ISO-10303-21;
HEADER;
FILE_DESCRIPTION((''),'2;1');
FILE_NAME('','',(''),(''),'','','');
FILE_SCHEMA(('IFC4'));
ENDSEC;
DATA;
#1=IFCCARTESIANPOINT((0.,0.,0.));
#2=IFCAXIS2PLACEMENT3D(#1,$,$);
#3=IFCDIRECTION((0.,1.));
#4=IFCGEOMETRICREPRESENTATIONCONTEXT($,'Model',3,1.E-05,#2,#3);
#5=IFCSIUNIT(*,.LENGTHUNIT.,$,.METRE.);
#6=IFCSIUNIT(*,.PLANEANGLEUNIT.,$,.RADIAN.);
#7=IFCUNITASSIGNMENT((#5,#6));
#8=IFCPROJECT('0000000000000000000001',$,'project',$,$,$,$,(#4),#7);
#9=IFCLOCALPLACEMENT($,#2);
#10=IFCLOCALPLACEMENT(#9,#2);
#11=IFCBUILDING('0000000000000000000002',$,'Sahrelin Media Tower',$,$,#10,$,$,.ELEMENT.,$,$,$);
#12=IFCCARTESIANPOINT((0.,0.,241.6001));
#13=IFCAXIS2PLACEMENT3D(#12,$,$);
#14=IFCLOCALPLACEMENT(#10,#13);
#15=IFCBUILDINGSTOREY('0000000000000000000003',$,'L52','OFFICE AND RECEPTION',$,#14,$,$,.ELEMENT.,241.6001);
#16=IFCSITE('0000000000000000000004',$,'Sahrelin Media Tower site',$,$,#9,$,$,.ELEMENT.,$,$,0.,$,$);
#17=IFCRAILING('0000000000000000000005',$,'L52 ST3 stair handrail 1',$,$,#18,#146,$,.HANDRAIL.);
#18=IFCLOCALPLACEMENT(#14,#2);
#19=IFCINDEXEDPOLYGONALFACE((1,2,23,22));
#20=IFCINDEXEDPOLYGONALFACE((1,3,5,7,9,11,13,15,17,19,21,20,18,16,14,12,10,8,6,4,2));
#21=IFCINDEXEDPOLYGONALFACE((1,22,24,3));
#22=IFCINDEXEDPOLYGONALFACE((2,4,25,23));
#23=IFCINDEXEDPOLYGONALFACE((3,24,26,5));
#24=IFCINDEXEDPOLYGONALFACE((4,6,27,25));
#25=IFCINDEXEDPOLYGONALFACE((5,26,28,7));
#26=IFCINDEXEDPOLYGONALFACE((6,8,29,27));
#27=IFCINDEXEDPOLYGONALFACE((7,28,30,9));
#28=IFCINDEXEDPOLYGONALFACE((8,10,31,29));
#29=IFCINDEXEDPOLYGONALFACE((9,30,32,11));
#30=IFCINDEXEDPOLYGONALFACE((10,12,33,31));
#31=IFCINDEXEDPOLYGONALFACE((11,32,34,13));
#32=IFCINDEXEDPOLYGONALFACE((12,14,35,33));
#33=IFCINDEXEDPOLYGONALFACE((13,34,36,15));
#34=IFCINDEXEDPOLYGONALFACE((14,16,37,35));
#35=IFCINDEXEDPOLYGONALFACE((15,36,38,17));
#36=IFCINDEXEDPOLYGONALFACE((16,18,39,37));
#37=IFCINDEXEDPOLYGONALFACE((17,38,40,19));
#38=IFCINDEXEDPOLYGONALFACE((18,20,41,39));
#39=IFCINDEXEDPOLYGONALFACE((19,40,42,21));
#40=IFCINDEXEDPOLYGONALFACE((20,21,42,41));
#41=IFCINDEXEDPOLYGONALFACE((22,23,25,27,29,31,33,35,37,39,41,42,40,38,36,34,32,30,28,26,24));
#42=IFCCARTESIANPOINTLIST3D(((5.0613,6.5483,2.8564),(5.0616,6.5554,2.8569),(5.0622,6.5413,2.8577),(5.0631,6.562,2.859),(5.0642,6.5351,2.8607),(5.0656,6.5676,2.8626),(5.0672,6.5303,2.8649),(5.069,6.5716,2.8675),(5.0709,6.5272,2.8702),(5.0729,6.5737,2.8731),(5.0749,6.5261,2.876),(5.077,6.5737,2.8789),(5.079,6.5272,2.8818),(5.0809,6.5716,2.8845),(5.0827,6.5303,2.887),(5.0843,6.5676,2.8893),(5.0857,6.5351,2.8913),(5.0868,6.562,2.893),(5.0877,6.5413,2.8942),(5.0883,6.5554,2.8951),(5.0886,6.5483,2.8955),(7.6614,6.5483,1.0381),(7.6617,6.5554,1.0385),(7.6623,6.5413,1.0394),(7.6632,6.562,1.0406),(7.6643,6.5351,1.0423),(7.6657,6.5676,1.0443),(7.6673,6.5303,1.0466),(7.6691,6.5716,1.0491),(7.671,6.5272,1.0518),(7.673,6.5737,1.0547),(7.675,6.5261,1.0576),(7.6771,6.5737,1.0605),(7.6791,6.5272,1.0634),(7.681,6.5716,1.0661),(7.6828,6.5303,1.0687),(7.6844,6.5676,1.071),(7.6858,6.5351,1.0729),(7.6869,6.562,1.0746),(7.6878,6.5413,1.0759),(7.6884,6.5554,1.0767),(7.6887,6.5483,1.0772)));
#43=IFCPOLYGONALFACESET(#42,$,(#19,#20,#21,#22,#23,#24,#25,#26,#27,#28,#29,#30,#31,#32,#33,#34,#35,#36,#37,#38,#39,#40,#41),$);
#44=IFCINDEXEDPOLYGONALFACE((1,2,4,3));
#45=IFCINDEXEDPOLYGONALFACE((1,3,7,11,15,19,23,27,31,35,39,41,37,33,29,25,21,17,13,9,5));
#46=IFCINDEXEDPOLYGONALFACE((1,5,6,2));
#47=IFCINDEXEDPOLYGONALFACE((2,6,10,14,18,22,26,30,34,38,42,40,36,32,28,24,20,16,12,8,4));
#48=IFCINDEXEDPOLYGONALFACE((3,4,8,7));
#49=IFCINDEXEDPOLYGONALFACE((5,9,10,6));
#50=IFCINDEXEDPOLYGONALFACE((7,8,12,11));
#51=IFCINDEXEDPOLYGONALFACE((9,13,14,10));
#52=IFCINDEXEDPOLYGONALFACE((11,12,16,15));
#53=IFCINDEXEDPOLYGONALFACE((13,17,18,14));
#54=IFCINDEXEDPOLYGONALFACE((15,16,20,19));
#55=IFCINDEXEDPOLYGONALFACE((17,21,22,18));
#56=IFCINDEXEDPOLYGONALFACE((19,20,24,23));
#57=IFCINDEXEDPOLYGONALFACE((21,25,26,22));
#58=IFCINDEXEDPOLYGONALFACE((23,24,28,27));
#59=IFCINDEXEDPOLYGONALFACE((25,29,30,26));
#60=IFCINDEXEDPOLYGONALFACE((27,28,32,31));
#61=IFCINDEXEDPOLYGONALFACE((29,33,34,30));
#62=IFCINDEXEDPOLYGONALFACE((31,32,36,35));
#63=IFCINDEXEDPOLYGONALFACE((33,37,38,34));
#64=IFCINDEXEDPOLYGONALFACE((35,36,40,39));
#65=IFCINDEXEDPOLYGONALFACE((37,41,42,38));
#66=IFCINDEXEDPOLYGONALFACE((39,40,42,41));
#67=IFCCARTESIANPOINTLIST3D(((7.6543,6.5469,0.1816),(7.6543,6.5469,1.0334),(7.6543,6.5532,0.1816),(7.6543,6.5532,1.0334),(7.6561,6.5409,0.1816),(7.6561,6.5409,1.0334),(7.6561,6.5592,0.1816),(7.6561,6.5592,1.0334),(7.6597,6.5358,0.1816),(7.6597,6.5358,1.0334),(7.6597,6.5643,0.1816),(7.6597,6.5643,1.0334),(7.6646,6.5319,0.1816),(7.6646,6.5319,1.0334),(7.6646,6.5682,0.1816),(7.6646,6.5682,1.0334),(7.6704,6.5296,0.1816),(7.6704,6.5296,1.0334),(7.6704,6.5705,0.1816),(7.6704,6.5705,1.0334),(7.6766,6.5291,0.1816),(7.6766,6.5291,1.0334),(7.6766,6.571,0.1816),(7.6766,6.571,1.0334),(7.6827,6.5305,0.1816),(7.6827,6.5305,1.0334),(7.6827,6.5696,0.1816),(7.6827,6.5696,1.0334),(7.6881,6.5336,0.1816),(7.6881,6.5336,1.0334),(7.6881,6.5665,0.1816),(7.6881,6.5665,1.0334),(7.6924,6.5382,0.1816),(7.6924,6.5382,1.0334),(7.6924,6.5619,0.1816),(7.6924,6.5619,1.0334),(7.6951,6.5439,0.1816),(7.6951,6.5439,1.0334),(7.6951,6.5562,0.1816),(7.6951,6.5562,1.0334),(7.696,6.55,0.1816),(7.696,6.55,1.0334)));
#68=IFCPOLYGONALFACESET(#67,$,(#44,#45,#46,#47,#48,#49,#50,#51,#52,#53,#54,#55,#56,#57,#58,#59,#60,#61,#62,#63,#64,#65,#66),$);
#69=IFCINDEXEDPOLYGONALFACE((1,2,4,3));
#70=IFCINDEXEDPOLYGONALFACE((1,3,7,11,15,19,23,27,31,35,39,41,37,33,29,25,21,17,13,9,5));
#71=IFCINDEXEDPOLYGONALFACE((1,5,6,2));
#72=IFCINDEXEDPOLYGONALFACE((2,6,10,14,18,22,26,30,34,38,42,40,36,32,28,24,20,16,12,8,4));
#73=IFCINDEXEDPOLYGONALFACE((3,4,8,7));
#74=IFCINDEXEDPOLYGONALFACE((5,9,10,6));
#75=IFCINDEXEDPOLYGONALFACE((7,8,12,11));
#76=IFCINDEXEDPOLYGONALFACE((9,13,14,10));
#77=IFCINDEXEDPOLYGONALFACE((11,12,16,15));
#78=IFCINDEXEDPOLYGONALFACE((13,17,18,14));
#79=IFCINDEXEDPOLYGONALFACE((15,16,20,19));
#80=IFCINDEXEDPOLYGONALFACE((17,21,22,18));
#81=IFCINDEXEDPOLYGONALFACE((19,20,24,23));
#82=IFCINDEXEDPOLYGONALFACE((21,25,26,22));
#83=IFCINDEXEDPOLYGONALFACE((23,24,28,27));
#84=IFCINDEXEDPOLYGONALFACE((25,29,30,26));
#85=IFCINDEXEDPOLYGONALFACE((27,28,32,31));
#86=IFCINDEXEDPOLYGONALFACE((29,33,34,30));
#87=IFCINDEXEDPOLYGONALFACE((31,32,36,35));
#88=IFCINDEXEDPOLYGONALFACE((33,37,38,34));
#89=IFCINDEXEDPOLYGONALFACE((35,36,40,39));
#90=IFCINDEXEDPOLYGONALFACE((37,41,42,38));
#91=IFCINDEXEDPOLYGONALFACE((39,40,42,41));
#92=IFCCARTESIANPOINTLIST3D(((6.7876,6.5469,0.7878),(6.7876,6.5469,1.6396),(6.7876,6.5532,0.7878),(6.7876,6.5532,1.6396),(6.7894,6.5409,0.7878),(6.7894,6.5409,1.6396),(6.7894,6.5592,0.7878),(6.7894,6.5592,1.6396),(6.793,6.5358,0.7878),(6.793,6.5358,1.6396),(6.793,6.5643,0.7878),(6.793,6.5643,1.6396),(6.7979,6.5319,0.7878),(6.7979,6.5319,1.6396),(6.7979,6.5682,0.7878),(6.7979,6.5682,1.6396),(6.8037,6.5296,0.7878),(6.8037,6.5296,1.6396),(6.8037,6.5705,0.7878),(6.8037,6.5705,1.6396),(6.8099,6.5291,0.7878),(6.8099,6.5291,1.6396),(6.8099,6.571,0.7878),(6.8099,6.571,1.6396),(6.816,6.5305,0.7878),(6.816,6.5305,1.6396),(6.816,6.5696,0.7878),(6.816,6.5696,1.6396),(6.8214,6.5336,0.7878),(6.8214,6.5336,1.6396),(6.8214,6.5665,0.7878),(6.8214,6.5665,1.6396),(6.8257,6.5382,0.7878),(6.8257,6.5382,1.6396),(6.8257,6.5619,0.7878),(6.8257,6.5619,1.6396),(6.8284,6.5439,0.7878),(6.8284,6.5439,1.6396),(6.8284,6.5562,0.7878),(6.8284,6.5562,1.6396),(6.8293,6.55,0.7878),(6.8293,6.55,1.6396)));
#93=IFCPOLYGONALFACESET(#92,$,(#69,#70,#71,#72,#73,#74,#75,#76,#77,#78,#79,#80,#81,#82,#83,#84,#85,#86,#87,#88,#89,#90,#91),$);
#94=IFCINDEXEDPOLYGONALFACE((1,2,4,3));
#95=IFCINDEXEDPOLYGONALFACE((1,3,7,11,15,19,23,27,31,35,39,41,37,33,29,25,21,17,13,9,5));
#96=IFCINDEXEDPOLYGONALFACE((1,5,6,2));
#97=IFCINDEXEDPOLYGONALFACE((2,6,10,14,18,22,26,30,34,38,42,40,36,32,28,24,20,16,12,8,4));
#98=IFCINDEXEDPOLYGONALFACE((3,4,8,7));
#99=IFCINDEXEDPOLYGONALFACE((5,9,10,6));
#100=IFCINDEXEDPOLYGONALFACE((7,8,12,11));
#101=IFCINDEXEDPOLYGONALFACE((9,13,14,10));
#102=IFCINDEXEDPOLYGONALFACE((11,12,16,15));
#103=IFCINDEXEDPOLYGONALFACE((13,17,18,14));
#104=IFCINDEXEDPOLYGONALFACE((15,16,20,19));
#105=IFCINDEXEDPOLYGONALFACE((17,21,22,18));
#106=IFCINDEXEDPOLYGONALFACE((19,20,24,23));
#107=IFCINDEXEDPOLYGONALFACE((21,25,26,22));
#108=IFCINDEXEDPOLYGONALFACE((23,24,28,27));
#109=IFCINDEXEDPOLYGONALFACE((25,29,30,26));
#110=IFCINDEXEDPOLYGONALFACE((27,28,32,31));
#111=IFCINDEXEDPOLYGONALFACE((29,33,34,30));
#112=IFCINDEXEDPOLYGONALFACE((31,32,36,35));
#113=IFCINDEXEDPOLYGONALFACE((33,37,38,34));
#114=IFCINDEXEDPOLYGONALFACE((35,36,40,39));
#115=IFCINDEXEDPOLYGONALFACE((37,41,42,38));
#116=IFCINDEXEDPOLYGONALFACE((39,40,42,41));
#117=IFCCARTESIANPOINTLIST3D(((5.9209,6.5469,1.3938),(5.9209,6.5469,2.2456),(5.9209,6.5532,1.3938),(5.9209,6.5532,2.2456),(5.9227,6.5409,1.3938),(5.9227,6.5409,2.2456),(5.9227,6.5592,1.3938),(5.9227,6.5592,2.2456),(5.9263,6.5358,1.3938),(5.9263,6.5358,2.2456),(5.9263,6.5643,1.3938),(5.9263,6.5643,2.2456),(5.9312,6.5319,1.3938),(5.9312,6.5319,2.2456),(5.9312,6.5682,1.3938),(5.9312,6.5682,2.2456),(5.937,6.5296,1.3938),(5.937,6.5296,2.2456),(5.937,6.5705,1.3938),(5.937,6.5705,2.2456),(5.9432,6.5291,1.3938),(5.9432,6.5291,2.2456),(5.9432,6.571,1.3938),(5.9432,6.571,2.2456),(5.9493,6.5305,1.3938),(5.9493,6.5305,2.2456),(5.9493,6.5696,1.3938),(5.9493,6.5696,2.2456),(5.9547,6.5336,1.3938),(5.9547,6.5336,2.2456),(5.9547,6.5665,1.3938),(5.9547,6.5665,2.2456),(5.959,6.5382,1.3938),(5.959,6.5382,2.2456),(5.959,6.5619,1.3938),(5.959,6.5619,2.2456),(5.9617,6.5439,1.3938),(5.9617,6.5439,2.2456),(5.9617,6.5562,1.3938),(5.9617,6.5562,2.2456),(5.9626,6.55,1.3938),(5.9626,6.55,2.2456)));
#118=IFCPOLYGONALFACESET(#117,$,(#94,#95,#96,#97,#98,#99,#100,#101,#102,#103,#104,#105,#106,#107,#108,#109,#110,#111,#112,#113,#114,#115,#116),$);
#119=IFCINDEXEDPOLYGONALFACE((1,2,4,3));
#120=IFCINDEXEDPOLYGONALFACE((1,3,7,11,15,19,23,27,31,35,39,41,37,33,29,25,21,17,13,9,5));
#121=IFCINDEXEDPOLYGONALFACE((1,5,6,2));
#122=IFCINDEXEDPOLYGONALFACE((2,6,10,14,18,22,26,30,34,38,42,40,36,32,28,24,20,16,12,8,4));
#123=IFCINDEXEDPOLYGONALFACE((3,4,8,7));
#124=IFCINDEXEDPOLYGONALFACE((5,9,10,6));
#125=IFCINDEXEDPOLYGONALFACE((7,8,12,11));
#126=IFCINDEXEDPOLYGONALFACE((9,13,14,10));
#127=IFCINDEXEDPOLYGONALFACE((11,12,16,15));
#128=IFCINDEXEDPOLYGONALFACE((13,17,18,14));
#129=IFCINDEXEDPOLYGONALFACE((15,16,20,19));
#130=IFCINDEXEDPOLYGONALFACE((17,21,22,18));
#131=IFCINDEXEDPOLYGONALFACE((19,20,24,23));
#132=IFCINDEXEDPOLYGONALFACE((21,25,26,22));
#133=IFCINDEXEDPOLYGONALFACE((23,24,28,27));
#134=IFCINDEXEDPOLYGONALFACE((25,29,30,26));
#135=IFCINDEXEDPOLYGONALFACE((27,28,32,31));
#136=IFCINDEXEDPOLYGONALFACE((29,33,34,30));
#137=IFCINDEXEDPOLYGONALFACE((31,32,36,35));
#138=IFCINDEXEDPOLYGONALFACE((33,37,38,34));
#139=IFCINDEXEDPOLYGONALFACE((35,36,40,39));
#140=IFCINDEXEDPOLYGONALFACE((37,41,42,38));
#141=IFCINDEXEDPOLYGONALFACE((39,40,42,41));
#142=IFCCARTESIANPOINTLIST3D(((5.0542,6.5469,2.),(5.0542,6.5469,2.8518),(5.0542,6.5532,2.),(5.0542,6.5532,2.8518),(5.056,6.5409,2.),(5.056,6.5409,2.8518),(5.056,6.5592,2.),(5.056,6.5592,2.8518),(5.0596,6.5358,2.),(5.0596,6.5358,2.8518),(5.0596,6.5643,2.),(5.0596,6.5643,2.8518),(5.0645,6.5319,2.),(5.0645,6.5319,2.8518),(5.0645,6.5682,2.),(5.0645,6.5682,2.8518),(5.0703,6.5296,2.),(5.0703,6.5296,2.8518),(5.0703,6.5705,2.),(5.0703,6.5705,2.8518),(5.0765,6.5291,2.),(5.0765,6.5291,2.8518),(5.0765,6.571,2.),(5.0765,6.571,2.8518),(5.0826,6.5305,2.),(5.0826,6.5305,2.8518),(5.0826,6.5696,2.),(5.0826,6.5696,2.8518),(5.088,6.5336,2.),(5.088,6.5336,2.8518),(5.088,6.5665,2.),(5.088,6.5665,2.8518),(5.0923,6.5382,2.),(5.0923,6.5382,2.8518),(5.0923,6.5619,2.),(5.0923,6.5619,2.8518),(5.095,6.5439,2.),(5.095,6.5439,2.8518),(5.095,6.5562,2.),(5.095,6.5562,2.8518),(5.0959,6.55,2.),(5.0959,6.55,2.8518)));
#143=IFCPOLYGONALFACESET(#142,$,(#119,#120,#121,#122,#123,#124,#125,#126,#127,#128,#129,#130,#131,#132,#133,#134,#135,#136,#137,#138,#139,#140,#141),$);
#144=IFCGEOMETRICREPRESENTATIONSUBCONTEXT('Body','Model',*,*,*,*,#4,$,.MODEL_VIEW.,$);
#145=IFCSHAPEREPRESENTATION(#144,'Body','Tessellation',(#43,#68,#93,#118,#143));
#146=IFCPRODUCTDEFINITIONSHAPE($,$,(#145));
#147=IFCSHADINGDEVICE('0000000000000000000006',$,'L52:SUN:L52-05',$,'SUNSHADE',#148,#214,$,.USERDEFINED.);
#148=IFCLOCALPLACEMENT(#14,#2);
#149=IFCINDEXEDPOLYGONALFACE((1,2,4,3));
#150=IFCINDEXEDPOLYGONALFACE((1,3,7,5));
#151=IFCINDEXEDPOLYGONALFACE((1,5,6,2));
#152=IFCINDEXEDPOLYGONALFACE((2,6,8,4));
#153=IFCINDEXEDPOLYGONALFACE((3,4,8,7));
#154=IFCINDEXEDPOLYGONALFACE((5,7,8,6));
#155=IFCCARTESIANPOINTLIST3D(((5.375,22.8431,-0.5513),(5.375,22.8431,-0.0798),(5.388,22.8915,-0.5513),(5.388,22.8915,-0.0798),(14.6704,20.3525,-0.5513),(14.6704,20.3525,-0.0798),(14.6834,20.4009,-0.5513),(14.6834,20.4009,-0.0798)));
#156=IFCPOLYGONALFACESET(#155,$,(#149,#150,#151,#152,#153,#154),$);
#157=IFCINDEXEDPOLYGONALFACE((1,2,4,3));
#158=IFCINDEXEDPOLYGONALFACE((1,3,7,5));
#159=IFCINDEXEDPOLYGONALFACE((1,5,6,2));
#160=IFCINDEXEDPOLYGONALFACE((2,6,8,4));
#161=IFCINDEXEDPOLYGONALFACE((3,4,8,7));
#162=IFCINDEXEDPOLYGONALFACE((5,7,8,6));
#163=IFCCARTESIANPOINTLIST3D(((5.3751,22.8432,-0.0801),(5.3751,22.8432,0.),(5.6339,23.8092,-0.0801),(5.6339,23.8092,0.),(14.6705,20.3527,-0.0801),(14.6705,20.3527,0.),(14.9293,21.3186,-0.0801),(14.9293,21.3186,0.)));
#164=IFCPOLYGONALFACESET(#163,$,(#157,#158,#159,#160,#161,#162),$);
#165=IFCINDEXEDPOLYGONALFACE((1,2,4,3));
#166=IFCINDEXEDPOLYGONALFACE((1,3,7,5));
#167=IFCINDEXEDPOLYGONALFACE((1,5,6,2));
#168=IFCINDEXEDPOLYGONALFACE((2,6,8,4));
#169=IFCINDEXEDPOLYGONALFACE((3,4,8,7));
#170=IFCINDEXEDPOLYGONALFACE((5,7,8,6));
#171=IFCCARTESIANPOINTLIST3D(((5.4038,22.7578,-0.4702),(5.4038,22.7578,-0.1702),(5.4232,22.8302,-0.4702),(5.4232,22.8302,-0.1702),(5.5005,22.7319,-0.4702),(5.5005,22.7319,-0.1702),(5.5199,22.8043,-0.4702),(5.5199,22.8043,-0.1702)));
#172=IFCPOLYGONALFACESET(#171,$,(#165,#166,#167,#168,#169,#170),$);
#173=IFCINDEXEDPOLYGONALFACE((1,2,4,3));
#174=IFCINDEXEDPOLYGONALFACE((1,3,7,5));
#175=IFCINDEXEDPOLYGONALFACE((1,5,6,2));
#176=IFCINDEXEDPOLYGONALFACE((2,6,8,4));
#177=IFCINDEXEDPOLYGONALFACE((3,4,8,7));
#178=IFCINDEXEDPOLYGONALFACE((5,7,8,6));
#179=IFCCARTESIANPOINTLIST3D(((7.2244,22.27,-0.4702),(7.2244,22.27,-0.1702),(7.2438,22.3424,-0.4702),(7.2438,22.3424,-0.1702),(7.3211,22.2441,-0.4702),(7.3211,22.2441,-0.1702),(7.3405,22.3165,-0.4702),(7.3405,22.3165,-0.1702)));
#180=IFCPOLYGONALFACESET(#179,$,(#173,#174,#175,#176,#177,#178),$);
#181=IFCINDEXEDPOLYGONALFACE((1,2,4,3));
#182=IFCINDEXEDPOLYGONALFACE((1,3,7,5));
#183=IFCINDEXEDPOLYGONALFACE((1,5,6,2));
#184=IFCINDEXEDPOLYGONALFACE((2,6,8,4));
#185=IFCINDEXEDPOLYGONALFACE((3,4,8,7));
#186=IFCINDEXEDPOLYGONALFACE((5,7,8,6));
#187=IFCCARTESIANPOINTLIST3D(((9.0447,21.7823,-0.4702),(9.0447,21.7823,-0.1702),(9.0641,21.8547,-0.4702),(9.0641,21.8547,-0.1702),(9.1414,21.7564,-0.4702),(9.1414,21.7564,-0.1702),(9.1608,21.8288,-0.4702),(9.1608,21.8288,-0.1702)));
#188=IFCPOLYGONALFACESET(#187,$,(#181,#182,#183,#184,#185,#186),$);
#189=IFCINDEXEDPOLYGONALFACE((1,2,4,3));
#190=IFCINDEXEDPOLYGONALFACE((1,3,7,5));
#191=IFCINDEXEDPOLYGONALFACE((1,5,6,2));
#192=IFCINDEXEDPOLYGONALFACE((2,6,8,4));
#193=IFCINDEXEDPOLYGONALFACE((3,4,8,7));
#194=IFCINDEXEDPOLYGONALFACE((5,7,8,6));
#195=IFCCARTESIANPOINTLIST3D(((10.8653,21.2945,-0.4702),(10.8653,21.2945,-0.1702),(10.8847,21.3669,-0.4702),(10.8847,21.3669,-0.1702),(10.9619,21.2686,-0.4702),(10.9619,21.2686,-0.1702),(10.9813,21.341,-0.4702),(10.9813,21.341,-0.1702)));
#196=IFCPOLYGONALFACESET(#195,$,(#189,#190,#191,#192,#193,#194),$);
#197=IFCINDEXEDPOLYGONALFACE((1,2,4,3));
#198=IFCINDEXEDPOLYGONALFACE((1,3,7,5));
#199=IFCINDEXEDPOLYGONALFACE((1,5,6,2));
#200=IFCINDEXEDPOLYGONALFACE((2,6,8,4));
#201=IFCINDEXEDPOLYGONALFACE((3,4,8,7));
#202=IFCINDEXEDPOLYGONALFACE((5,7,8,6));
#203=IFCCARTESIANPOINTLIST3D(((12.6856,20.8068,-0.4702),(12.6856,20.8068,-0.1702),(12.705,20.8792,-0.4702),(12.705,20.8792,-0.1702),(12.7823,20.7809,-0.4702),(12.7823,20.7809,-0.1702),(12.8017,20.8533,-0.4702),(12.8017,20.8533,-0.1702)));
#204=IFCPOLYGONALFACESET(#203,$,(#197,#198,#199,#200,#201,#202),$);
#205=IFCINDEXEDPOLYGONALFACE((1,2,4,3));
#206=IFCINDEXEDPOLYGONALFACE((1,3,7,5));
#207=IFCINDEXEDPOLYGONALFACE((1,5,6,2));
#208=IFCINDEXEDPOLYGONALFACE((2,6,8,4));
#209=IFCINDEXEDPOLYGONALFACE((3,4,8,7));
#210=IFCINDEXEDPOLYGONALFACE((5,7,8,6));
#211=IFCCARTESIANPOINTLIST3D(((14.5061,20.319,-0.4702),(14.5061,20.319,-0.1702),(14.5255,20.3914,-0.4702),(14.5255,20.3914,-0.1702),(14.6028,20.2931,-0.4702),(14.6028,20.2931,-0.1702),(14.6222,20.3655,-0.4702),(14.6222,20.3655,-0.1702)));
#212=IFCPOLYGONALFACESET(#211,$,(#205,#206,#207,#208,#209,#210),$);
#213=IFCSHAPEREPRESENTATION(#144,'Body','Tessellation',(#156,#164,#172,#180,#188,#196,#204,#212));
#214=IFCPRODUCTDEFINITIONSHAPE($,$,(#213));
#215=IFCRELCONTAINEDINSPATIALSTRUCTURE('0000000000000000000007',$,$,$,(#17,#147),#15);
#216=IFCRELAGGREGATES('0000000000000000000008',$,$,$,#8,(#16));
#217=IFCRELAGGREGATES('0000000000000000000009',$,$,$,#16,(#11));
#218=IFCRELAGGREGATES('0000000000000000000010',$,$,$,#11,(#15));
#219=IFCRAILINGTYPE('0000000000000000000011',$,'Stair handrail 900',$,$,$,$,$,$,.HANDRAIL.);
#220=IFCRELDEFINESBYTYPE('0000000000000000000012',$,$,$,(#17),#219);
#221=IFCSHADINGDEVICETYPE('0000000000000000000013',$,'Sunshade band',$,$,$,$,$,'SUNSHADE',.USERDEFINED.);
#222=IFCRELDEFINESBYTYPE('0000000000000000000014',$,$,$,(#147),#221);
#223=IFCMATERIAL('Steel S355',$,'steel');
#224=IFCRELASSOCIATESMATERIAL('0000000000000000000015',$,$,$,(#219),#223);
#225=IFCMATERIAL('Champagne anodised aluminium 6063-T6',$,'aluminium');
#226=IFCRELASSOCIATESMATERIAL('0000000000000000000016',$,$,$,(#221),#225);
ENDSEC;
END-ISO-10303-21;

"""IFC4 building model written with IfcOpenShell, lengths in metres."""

from ifc_helpers import new_model, si_unit, direction, frame, origin, origin_2d, place, context, subcontext, project, spatial, rectangle, circle, extrude, material, type_object, element, save


model = new_model("IFC4")

# Units and contexts
model_context = context("Model", 3, precision=1e-05, world=origin(), true_north=direction((0.0, 1.0)))
body_context = subcontext(model_context, "Body", "Model", "MODEL_VIEW")
ifc_project = project(units=[si_unit("LENGTHUNIT", "METRE"), si_unit("PLANEANGLEUNIT", "RADIAN")], contexts=[model_context])

# Site, building, storey
site_placement = place(None, origin())
site = spatial("IfcSite", under=ifc_project, at=site_placement, Name="Sahrelin Media Tower site", CompositionType="ELEMENT", RefElevation=0.0)
building_placement = place(site_placement, origin())
building = spatial("IfcBuilding", under=site, at=building_placement, Name="Sahrelin Media Tower", CompositionType="ELEMENT")
storey_placement = place(building_placement, frame((0.0, 0.0, 241.6001)))
storey = spatial("IfcBuildingStorey", under=building, at=storey_placement, Name="L52", Description="OFFICE AND RECEPTION", CompositionType="ELEMENT", Elevation=241.6001)

# Shared definitions
ifc_material_1 = material(Name="Steel S355", Category="steel")

# Shared definitions
ifc_material_2 = material(Name="Champagne anodised aluminium 6063-T6", Category="aluminium")

# Shared definitions
placement_1 = place(storey_placement, frame((10.0176, 21.5786, 0.0), z_axis=(0.0, 0.0, 1.0), x_axis=(0.965929, -0.258808, 0.0)))

# Railing
railing_type_1 = type_object("IfcRailingType", Name="Stair handrail 900", PredefinedType="HANDRAIL", material=ifc_material_1)
railing_1_placement = place(storey_placement, frame((7.675, 6.55, 0.1816)))
element("IfcRailing", 1, at=railing_1_placement, inside=storey, type_object=railing_type_1, Name="L52 ST3 stair handrail 1", PredefinedType="HANDRAIL", context=body_context, shape_type="SweptSolid", body=[
    extrude(circle(Radius=0.0239, at=origin_2d()), frame((0.0, 0.0, 0.876), z_axis=(-0.819485, 0.0, 0.573101), x_axis=(0.0, -1.0, 0.0)), (0.0, 0.0, 1.0), 3.1729),
    extrude(circle(Radius=0.021, at=origin_2d()), origin(), (0.0, 0.0, 1.0), 0.8518),
    extrude(circle(Radius=0.021, at=origin_2d()), frame((-0.8667, 0.0, 0.6062)), (0.0, 0.0, 1.0), 0.8518),
    extrude(circle(Radius=0.021, at=origin_2d()), frame((-1.7334, 0.0, 1.2122)), (0.0, 0.0, 1.0), 0.8518),
    extrude(circle(Radius=0.021, at=origin_2d()), frame((-2.6001, 0.0, 1.8184)), (0.0, 0.0, 1.0), 0.8518),
])

# Shading device
shading_device_type_1 = type_object("IfcShadingDeviceType", Name="Sunshade band", ElementType="SUNSHADE", PredefinedType="USERDEFINED", material=ifc_material_2)
element("IfcShadingDevice", 2, at=placement_1, inside=storey, type_object=shading_device_type_1, Name="L52:SUN:L52-05", ObjectType="SUNSHADE", PredefinedType="USERDEFINED", context=body_context, shape_type="SweptSolid", body=[
    extrude(rectangle(XDim=9.6233, YDim=0.05, at=origin_2d()), frame((0.0, 0.0449, -0.5513)), (0.0, 0.0, 1.0), 0.4714),
    extrude(rectangle(XDim=9.6233, YDim=1.0, at=origin_2d()), frame((0.0, 0.52, -0.0801)), (0.0, 0.0, 1.0), 0.0801),
    extrude(rectangle(XDim=0.1001, YDim=0.075, at=origin_2d()), frame((-4.7117, -0.0176, -0.4702)), (0.0, 0.0, 1.0), 0.3),
    extrude(rectangle(XDim=0.1001, YDim=0.075, at=origin_2d()), frame((-2.8269, -0.0176, -0.4702)), (0.0, 0.0, 1.0), 0.3),
    extrude(rectangle(XDim=0.1001, YDim=0.075, at=origin_2d()), frame((-0.9424, -0.0176, -0.4702)), (0.0, 0.0, 1.0), 0.3),
    extrude(rectangle(XDim=0.1001, YDim=0.075, at=origin_2d()), frame((0.9424, -0.0176, -0.4702)), (0.0, 0.0, 1.0), 0.3),
    extrude(rectangle(XDim=0.1001, YDim=0.075, at=origin_2d()), frame((2.8269, -0.0176, -0.4702)), (0.0, 0.0, 1.0), 0.3),
    extrude(rectangle(XDim=0.1001, YDim=0.075, at=origin_2d()), frame((4.7117, -0.0176, -0.4702)), (0.0, 0.0, 1.0), 0.3),
])

save(model, "model.ifc")
